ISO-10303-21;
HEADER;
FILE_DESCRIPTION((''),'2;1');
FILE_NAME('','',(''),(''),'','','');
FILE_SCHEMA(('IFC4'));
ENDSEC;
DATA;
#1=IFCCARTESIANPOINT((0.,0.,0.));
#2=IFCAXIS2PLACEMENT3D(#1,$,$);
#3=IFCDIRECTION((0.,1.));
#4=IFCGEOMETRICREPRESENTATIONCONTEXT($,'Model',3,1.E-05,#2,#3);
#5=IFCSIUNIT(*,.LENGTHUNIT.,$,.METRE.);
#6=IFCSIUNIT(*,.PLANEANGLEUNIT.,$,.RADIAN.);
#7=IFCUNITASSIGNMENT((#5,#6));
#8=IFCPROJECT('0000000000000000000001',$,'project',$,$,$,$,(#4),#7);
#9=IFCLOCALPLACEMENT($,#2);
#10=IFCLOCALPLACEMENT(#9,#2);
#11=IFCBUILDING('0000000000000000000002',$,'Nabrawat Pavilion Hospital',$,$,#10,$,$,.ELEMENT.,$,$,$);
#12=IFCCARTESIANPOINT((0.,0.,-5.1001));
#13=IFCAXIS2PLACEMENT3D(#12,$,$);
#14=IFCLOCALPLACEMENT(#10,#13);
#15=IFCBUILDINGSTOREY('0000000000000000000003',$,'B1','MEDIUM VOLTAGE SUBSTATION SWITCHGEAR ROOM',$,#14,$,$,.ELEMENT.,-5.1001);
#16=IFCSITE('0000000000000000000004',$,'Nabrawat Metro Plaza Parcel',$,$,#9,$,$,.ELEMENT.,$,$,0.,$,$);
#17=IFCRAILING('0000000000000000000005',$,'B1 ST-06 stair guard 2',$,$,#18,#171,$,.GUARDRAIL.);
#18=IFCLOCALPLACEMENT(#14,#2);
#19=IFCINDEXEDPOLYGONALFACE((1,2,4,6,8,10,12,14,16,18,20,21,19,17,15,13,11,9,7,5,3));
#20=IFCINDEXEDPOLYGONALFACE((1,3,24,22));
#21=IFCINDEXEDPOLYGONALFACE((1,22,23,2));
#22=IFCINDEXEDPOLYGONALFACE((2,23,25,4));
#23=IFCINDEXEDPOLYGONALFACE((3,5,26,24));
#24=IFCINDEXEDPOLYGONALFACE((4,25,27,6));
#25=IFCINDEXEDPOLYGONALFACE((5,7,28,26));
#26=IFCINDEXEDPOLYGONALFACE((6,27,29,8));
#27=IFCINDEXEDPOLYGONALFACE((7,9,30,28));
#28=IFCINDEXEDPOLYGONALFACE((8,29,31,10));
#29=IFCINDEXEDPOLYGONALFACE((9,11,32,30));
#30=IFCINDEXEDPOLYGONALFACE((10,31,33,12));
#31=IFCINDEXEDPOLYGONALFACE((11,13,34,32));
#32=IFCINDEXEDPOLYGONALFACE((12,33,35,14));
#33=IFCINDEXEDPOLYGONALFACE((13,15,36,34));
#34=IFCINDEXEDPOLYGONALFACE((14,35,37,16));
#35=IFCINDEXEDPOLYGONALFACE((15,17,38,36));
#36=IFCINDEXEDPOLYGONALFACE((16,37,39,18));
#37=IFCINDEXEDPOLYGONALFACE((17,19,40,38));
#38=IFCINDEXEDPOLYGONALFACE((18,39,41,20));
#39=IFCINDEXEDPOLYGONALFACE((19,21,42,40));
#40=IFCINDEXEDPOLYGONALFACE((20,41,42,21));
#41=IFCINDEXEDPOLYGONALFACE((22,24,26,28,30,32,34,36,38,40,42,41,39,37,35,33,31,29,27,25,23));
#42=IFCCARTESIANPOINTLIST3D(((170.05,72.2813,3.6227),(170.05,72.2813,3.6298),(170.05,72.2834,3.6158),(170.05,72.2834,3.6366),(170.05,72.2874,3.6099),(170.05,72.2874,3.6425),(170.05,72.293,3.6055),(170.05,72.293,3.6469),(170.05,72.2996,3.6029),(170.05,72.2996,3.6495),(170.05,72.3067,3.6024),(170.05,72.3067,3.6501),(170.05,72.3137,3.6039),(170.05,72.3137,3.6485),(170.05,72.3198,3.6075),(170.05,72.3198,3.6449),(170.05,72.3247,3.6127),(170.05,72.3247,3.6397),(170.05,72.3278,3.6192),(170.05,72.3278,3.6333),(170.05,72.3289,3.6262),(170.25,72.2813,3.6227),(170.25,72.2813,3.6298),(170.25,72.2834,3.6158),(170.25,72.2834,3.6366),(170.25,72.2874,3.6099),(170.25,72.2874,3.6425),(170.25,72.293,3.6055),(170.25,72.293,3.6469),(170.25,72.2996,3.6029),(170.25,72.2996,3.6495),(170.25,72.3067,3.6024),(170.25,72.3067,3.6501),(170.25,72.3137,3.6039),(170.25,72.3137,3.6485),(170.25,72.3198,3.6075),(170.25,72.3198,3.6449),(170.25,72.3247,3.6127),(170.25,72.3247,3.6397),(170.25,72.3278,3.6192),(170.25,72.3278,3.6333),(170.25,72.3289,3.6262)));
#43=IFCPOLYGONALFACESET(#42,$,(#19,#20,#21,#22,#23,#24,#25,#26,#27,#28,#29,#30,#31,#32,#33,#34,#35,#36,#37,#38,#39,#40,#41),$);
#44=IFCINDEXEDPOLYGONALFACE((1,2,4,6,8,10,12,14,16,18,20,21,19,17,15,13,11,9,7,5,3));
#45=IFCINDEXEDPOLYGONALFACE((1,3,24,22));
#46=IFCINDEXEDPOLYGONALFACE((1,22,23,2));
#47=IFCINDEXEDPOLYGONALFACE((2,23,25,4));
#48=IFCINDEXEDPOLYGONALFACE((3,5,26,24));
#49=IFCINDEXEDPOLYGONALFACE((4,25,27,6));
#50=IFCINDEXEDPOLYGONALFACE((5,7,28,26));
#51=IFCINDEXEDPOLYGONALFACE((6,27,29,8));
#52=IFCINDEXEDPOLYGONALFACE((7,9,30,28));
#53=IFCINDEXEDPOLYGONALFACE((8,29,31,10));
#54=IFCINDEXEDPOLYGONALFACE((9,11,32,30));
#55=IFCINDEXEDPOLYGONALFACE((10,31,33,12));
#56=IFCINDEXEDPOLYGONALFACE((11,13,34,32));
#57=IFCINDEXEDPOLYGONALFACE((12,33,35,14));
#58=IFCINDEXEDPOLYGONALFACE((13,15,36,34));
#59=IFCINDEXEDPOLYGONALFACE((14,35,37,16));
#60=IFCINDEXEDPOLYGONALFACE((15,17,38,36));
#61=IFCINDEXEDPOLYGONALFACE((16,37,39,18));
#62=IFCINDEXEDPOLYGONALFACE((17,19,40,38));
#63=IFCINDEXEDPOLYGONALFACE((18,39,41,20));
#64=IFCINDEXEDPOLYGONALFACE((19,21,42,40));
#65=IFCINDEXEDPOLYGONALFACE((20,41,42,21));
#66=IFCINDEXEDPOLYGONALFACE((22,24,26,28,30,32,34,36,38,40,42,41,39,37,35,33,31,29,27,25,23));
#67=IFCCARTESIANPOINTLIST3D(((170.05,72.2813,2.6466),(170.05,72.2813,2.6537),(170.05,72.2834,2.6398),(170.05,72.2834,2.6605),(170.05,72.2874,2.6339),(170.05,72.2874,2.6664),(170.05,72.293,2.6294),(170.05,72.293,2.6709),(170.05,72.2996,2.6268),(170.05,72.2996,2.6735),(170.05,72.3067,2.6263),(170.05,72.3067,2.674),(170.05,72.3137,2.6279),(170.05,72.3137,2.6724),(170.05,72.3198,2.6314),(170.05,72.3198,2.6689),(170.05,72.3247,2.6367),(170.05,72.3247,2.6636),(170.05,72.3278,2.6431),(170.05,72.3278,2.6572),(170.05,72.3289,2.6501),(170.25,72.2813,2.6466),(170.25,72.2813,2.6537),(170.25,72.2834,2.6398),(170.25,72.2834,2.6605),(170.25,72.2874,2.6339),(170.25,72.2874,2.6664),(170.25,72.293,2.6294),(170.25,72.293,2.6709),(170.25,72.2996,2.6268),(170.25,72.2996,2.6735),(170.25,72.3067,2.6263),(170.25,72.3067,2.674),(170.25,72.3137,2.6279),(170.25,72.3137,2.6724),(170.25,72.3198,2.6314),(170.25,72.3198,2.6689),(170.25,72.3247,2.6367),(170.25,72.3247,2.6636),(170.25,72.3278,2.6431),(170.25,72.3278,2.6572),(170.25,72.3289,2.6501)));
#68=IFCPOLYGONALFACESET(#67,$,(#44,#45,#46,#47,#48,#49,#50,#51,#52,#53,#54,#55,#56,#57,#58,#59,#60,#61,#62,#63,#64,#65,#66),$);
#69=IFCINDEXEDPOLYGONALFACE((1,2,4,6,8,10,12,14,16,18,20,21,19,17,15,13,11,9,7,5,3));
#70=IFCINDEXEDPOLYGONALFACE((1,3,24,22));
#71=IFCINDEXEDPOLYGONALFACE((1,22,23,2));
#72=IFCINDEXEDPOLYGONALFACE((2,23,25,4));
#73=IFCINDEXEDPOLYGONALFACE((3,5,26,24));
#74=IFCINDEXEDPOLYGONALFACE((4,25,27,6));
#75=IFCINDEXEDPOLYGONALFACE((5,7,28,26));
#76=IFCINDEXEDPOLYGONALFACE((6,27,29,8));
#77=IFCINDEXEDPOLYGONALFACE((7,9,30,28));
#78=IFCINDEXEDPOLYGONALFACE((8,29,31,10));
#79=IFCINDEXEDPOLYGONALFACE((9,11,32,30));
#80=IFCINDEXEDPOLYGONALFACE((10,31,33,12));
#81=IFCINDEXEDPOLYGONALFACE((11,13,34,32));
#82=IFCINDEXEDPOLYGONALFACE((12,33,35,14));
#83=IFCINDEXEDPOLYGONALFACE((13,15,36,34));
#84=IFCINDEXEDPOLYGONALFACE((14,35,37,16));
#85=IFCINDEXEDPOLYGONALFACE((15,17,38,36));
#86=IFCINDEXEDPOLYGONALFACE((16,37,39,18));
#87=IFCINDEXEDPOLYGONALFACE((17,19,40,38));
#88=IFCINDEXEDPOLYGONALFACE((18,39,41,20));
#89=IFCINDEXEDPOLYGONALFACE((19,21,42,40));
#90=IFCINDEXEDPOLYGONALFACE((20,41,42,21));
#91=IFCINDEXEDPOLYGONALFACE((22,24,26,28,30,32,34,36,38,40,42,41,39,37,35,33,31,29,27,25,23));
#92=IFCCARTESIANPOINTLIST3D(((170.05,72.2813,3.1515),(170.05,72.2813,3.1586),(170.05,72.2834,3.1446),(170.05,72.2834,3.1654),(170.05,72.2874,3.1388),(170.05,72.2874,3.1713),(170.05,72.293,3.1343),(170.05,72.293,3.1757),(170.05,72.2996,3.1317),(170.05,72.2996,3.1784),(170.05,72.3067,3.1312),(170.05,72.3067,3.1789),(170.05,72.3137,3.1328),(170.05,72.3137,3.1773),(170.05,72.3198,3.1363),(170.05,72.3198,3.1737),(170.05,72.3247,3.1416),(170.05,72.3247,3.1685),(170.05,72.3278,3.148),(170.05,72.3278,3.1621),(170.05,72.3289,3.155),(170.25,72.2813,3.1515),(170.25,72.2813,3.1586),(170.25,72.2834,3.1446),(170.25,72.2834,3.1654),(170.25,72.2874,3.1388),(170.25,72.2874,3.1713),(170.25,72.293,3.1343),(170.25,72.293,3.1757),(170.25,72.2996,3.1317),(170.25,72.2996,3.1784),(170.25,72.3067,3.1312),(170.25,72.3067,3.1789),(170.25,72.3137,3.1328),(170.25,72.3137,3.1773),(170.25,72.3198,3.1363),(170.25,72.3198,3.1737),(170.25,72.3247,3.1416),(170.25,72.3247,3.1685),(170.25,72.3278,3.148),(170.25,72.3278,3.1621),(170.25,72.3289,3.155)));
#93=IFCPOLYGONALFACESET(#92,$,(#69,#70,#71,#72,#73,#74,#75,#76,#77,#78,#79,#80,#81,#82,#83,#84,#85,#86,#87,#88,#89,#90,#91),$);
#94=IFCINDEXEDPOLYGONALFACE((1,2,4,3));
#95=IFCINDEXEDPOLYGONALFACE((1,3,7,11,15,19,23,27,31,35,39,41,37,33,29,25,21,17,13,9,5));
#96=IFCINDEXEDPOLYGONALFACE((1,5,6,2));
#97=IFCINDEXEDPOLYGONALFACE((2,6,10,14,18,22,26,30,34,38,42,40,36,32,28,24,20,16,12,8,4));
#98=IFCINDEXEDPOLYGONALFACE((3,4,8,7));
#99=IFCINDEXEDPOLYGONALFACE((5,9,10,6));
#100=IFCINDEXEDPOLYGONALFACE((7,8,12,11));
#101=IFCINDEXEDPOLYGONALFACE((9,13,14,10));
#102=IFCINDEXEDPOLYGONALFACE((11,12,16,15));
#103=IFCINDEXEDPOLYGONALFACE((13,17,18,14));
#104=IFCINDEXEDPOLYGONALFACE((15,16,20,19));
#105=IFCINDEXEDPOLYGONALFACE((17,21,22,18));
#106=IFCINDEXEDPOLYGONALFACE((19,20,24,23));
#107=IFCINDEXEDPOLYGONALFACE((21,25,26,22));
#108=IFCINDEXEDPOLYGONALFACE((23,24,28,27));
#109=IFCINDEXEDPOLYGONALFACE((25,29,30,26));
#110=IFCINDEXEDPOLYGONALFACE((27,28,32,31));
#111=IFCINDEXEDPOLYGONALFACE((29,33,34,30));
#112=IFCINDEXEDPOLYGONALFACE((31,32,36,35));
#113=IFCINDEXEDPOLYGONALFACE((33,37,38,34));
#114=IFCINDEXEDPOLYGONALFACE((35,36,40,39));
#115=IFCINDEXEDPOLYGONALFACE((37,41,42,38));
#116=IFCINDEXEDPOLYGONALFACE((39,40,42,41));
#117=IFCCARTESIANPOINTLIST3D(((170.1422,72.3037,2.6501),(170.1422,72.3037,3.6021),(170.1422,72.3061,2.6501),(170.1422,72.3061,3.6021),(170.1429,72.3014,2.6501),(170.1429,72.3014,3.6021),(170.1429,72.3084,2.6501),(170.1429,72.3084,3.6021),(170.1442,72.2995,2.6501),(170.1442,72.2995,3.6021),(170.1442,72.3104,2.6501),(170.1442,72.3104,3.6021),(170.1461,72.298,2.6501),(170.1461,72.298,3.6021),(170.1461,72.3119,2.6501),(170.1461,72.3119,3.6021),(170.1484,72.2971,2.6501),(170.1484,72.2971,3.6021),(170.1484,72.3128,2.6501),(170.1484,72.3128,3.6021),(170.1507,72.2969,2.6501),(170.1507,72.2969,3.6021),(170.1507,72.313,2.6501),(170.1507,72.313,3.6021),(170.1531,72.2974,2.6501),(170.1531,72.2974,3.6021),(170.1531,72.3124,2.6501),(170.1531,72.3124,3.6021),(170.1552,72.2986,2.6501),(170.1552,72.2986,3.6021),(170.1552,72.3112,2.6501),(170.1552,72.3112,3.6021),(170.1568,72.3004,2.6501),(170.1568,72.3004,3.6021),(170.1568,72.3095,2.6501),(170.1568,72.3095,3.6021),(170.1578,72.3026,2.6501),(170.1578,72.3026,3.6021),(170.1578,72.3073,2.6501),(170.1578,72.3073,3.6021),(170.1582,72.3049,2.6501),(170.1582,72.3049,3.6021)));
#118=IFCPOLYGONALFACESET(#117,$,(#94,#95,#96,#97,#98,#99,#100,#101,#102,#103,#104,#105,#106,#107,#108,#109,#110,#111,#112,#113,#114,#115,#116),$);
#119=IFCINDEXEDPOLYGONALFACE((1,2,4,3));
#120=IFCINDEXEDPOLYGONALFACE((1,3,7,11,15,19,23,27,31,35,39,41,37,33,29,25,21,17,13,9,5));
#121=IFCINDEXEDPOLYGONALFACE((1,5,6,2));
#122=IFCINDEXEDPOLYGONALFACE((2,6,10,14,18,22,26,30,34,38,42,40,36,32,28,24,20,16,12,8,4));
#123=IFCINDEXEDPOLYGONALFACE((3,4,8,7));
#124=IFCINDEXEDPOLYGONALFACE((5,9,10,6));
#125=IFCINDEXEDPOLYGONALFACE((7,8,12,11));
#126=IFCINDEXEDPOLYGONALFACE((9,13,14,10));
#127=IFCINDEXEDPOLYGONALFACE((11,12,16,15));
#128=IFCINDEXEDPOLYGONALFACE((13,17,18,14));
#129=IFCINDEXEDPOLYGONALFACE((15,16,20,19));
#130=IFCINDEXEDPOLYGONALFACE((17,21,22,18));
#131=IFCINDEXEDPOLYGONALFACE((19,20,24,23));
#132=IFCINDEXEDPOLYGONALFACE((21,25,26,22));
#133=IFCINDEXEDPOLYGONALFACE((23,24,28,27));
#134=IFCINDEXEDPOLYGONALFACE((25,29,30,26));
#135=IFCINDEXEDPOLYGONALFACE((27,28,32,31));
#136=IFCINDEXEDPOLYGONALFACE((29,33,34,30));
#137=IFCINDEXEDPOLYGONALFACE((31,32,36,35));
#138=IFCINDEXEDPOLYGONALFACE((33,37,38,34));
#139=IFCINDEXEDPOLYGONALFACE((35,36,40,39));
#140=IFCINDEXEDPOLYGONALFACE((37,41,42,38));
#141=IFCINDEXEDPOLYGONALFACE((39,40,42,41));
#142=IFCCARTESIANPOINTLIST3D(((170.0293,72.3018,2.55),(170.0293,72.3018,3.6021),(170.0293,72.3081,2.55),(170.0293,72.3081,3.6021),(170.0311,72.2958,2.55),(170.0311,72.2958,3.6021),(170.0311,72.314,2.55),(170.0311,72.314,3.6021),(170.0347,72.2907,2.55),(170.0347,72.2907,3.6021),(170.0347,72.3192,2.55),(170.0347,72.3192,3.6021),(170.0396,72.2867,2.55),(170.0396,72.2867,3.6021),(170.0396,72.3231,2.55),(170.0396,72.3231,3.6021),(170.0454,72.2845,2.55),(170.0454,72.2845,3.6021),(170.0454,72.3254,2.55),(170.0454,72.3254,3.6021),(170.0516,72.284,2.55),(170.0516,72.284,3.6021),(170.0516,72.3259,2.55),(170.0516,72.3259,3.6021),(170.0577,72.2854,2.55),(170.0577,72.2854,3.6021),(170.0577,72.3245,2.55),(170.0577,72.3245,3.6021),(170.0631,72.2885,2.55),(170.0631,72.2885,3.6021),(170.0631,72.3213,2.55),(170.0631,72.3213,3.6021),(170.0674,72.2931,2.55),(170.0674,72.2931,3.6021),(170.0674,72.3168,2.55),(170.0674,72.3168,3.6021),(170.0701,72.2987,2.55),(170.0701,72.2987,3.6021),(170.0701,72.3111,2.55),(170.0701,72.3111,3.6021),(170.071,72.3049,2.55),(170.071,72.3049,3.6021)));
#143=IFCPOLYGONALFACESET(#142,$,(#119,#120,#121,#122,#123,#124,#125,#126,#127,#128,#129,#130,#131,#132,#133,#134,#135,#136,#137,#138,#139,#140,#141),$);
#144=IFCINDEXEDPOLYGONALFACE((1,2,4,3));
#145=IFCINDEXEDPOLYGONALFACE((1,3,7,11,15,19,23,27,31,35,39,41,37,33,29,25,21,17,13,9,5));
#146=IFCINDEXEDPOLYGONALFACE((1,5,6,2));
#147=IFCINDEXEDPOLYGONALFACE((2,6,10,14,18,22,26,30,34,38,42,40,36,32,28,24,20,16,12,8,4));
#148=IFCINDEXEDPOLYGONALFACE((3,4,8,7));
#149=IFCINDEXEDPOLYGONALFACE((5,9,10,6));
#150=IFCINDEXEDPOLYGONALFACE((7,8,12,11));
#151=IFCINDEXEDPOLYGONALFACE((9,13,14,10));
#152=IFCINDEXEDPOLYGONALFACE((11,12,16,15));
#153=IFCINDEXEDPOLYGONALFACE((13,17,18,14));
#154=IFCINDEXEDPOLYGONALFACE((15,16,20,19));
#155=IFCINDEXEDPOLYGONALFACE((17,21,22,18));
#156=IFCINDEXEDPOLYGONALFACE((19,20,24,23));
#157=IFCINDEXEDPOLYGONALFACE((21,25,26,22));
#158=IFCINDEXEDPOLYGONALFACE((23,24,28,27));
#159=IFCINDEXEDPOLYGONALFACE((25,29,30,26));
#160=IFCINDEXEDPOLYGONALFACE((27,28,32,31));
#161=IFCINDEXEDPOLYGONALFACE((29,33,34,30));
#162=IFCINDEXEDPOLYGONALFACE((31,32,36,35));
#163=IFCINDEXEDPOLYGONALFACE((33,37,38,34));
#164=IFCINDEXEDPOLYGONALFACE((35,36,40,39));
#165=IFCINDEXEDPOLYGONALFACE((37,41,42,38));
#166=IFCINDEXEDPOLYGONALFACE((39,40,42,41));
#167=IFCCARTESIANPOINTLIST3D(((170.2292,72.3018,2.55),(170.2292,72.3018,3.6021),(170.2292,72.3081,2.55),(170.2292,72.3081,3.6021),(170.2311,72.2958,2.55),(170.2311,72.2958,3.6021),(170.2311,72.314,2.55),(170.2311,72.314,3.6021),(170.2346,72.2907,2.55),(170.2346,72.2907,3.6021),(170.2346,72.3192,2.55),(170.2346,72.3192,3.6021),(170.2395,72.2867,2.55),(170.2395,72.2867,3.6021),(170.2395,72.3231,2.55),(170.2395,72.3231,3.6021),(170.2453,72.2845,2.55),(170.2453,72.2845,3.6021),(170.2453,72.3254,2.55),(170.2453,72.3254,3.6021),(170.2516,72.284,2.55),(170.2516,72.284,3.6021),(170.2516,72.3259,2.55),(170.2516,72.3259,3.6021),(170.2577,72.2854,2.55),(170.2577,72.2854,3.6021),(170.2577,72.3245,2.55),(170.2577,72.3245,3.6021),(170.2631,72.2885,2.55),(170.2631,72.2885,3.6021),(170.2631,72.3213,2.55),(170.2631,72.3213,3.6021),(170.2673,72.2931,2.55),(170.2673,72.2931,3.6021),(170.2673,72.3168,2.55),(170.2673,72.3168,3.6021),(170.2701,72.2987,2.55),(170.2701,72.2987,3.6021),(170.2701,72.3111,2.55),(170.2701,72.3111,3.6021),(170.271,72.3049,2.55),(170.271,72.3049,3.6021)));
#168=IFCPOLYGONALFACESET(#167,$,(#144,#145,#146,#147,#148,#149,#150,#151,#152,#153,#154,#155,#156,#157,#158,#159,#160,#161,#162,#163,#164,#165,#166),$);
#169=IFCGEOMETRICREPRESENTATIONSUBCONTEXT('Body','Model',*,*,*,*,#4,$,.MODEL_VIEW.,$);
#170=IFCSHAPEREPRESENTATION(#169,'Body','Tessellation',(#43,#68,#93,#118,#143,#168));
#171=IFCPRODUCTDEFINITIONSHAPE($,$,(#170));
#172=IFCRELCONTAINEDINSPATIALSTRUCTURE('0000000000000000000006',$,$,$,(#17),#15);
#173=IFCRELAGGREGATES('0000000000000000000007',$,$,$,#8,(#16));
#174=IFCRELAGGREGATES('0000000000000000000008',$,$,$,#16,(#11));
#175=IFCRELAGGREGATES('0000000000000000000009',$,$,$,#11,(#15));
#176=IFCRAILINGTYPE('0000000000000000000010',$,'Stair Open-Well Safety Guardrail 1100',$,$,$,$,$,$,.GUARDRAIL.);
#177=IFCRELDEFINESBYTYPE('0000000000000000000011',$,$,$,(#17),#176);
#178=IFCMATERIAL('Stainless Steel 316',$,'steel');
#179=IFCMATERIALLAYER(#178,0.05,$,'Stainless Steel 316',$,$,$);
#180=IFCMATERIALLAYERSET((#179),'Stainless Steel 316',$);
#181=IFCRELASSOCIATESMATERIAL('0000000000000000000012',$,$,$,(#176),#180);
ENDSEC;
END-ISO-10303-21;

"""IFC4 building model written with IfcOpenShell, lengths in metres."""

from ifc_helpers import new_model, si_unit, direction, frame, origin, origin_2d, place, context, subcontext, project, spatial, circle, extrude, material, layer, layer_set, type_object, element, save


model = new_model("IFC4")

# Units and contexts
model_context = context("Model", 3, precision=1e-05, world=origin(), true_north=direction((0.0, 1.0)))
body_context = subcontext(model_context, "Body", "Model", "MODEL_VIEW")
ifc_project = project(units=[si_unit("LENGTHUNIT", "METRE"), si_unit("PLANEANGLEUNIT", "RADIAN")], contexts=[model_context])

# Site, building, storey
site_placement = place(None, origin())
site = spatial("IfcSite", under=ifc_project, at=site_placement, Name="Nabrawat Metro Plaza Parcel", CompositionType="ELEMENT", RefElevation=0.0)
building_placement = place(site_placement, origin())
building = spatial("IfcBuilding", under=site, at=building_placement, Name="Nabrawat Pavilion Hospital", CompositionType="ELEMENT")
storey_placement = place(building_placement, frame((0.0, 0.0, -5.1001)))
storey = spatial("IfcBuildingStorey", under=building, at=storey_placement, Name="B1", Description="MEDIUM VOLTAGE SUBSTATION SWITCHGEAR ROOM", CompositionType="ELEMENT", Elevation=-5.1001)

# Railing
ifc_material_1 = material(Name="Stainless Steel 316", Category="steel")
ifc_layer_1 = layer(ifc_material_1, 0.05, Name="Stainless Steel 316")
ifc_layer_set_1 = layer_set([ifc_layer_1], Name="Stainless Steel 316")
railing_type_1 = type_object("IfcRailingType", Name="Stair Open-Well Safety Guardrail 1100", PredefinedType="GUARDRAIL", material=ifc_layer_set_1)
railing_1_placement = place(storey_placement, frame((170.05, 72.3049, 2.55)))
element("IfcRailing", 1, at=railing_1_placement, inside=storey, type_object=railing_type_1, Name="B1 ST-06 stair guard 2", PredefinedType="GUARDRAIL", context=body_context, shape_type="SweptSolid", body=[
    extrude(circle(Radius=0.0239, at=origin_2d()), frame((0.0, 0.0, 1.0762), z_axis=(1.0, 0.0, 0.0), x_axis=(0.0, 1.0, 0.0)), (0.0, 0.0, 1.0), 0.2),
    extrude(circle(Radius=0.0239, at=origin_2d()), frame((0.0, 0.0, 0.1001), z_axis=(1.0, 0.0, 0.0), x_axis=(0.0, 1.0, 0.0)), (0.0, 0.0, 1.0), 0.2),
    extrude(circle(Radius=0.0239, at=origin_2d()), frame((0.0, 0.0, 0.605), z_axis=(1.0, 0.0, 0.0), x_axis=(0.0, 1.0, 0.0)), (0.0, 0.0, 1.0), 0.2),
    extrude(circle(Radius=0.0081, at=origin_2d()), frame((0.1001, 0.0, 0.1001)), (0.0, 0.0, 1.0), 0.9519),
    extrude(circle(Radius=0.021, at=origin_2d()), origin(), (0.0, 0.0, 1.0), 1.052),
    extrude(circle(Radius=0.021, at=origin_2d()), frame((0.2, 0.0, 0.0)), (0.0, 0.0, 1.0), 1.052),
])

save(model, "model.ifc")
